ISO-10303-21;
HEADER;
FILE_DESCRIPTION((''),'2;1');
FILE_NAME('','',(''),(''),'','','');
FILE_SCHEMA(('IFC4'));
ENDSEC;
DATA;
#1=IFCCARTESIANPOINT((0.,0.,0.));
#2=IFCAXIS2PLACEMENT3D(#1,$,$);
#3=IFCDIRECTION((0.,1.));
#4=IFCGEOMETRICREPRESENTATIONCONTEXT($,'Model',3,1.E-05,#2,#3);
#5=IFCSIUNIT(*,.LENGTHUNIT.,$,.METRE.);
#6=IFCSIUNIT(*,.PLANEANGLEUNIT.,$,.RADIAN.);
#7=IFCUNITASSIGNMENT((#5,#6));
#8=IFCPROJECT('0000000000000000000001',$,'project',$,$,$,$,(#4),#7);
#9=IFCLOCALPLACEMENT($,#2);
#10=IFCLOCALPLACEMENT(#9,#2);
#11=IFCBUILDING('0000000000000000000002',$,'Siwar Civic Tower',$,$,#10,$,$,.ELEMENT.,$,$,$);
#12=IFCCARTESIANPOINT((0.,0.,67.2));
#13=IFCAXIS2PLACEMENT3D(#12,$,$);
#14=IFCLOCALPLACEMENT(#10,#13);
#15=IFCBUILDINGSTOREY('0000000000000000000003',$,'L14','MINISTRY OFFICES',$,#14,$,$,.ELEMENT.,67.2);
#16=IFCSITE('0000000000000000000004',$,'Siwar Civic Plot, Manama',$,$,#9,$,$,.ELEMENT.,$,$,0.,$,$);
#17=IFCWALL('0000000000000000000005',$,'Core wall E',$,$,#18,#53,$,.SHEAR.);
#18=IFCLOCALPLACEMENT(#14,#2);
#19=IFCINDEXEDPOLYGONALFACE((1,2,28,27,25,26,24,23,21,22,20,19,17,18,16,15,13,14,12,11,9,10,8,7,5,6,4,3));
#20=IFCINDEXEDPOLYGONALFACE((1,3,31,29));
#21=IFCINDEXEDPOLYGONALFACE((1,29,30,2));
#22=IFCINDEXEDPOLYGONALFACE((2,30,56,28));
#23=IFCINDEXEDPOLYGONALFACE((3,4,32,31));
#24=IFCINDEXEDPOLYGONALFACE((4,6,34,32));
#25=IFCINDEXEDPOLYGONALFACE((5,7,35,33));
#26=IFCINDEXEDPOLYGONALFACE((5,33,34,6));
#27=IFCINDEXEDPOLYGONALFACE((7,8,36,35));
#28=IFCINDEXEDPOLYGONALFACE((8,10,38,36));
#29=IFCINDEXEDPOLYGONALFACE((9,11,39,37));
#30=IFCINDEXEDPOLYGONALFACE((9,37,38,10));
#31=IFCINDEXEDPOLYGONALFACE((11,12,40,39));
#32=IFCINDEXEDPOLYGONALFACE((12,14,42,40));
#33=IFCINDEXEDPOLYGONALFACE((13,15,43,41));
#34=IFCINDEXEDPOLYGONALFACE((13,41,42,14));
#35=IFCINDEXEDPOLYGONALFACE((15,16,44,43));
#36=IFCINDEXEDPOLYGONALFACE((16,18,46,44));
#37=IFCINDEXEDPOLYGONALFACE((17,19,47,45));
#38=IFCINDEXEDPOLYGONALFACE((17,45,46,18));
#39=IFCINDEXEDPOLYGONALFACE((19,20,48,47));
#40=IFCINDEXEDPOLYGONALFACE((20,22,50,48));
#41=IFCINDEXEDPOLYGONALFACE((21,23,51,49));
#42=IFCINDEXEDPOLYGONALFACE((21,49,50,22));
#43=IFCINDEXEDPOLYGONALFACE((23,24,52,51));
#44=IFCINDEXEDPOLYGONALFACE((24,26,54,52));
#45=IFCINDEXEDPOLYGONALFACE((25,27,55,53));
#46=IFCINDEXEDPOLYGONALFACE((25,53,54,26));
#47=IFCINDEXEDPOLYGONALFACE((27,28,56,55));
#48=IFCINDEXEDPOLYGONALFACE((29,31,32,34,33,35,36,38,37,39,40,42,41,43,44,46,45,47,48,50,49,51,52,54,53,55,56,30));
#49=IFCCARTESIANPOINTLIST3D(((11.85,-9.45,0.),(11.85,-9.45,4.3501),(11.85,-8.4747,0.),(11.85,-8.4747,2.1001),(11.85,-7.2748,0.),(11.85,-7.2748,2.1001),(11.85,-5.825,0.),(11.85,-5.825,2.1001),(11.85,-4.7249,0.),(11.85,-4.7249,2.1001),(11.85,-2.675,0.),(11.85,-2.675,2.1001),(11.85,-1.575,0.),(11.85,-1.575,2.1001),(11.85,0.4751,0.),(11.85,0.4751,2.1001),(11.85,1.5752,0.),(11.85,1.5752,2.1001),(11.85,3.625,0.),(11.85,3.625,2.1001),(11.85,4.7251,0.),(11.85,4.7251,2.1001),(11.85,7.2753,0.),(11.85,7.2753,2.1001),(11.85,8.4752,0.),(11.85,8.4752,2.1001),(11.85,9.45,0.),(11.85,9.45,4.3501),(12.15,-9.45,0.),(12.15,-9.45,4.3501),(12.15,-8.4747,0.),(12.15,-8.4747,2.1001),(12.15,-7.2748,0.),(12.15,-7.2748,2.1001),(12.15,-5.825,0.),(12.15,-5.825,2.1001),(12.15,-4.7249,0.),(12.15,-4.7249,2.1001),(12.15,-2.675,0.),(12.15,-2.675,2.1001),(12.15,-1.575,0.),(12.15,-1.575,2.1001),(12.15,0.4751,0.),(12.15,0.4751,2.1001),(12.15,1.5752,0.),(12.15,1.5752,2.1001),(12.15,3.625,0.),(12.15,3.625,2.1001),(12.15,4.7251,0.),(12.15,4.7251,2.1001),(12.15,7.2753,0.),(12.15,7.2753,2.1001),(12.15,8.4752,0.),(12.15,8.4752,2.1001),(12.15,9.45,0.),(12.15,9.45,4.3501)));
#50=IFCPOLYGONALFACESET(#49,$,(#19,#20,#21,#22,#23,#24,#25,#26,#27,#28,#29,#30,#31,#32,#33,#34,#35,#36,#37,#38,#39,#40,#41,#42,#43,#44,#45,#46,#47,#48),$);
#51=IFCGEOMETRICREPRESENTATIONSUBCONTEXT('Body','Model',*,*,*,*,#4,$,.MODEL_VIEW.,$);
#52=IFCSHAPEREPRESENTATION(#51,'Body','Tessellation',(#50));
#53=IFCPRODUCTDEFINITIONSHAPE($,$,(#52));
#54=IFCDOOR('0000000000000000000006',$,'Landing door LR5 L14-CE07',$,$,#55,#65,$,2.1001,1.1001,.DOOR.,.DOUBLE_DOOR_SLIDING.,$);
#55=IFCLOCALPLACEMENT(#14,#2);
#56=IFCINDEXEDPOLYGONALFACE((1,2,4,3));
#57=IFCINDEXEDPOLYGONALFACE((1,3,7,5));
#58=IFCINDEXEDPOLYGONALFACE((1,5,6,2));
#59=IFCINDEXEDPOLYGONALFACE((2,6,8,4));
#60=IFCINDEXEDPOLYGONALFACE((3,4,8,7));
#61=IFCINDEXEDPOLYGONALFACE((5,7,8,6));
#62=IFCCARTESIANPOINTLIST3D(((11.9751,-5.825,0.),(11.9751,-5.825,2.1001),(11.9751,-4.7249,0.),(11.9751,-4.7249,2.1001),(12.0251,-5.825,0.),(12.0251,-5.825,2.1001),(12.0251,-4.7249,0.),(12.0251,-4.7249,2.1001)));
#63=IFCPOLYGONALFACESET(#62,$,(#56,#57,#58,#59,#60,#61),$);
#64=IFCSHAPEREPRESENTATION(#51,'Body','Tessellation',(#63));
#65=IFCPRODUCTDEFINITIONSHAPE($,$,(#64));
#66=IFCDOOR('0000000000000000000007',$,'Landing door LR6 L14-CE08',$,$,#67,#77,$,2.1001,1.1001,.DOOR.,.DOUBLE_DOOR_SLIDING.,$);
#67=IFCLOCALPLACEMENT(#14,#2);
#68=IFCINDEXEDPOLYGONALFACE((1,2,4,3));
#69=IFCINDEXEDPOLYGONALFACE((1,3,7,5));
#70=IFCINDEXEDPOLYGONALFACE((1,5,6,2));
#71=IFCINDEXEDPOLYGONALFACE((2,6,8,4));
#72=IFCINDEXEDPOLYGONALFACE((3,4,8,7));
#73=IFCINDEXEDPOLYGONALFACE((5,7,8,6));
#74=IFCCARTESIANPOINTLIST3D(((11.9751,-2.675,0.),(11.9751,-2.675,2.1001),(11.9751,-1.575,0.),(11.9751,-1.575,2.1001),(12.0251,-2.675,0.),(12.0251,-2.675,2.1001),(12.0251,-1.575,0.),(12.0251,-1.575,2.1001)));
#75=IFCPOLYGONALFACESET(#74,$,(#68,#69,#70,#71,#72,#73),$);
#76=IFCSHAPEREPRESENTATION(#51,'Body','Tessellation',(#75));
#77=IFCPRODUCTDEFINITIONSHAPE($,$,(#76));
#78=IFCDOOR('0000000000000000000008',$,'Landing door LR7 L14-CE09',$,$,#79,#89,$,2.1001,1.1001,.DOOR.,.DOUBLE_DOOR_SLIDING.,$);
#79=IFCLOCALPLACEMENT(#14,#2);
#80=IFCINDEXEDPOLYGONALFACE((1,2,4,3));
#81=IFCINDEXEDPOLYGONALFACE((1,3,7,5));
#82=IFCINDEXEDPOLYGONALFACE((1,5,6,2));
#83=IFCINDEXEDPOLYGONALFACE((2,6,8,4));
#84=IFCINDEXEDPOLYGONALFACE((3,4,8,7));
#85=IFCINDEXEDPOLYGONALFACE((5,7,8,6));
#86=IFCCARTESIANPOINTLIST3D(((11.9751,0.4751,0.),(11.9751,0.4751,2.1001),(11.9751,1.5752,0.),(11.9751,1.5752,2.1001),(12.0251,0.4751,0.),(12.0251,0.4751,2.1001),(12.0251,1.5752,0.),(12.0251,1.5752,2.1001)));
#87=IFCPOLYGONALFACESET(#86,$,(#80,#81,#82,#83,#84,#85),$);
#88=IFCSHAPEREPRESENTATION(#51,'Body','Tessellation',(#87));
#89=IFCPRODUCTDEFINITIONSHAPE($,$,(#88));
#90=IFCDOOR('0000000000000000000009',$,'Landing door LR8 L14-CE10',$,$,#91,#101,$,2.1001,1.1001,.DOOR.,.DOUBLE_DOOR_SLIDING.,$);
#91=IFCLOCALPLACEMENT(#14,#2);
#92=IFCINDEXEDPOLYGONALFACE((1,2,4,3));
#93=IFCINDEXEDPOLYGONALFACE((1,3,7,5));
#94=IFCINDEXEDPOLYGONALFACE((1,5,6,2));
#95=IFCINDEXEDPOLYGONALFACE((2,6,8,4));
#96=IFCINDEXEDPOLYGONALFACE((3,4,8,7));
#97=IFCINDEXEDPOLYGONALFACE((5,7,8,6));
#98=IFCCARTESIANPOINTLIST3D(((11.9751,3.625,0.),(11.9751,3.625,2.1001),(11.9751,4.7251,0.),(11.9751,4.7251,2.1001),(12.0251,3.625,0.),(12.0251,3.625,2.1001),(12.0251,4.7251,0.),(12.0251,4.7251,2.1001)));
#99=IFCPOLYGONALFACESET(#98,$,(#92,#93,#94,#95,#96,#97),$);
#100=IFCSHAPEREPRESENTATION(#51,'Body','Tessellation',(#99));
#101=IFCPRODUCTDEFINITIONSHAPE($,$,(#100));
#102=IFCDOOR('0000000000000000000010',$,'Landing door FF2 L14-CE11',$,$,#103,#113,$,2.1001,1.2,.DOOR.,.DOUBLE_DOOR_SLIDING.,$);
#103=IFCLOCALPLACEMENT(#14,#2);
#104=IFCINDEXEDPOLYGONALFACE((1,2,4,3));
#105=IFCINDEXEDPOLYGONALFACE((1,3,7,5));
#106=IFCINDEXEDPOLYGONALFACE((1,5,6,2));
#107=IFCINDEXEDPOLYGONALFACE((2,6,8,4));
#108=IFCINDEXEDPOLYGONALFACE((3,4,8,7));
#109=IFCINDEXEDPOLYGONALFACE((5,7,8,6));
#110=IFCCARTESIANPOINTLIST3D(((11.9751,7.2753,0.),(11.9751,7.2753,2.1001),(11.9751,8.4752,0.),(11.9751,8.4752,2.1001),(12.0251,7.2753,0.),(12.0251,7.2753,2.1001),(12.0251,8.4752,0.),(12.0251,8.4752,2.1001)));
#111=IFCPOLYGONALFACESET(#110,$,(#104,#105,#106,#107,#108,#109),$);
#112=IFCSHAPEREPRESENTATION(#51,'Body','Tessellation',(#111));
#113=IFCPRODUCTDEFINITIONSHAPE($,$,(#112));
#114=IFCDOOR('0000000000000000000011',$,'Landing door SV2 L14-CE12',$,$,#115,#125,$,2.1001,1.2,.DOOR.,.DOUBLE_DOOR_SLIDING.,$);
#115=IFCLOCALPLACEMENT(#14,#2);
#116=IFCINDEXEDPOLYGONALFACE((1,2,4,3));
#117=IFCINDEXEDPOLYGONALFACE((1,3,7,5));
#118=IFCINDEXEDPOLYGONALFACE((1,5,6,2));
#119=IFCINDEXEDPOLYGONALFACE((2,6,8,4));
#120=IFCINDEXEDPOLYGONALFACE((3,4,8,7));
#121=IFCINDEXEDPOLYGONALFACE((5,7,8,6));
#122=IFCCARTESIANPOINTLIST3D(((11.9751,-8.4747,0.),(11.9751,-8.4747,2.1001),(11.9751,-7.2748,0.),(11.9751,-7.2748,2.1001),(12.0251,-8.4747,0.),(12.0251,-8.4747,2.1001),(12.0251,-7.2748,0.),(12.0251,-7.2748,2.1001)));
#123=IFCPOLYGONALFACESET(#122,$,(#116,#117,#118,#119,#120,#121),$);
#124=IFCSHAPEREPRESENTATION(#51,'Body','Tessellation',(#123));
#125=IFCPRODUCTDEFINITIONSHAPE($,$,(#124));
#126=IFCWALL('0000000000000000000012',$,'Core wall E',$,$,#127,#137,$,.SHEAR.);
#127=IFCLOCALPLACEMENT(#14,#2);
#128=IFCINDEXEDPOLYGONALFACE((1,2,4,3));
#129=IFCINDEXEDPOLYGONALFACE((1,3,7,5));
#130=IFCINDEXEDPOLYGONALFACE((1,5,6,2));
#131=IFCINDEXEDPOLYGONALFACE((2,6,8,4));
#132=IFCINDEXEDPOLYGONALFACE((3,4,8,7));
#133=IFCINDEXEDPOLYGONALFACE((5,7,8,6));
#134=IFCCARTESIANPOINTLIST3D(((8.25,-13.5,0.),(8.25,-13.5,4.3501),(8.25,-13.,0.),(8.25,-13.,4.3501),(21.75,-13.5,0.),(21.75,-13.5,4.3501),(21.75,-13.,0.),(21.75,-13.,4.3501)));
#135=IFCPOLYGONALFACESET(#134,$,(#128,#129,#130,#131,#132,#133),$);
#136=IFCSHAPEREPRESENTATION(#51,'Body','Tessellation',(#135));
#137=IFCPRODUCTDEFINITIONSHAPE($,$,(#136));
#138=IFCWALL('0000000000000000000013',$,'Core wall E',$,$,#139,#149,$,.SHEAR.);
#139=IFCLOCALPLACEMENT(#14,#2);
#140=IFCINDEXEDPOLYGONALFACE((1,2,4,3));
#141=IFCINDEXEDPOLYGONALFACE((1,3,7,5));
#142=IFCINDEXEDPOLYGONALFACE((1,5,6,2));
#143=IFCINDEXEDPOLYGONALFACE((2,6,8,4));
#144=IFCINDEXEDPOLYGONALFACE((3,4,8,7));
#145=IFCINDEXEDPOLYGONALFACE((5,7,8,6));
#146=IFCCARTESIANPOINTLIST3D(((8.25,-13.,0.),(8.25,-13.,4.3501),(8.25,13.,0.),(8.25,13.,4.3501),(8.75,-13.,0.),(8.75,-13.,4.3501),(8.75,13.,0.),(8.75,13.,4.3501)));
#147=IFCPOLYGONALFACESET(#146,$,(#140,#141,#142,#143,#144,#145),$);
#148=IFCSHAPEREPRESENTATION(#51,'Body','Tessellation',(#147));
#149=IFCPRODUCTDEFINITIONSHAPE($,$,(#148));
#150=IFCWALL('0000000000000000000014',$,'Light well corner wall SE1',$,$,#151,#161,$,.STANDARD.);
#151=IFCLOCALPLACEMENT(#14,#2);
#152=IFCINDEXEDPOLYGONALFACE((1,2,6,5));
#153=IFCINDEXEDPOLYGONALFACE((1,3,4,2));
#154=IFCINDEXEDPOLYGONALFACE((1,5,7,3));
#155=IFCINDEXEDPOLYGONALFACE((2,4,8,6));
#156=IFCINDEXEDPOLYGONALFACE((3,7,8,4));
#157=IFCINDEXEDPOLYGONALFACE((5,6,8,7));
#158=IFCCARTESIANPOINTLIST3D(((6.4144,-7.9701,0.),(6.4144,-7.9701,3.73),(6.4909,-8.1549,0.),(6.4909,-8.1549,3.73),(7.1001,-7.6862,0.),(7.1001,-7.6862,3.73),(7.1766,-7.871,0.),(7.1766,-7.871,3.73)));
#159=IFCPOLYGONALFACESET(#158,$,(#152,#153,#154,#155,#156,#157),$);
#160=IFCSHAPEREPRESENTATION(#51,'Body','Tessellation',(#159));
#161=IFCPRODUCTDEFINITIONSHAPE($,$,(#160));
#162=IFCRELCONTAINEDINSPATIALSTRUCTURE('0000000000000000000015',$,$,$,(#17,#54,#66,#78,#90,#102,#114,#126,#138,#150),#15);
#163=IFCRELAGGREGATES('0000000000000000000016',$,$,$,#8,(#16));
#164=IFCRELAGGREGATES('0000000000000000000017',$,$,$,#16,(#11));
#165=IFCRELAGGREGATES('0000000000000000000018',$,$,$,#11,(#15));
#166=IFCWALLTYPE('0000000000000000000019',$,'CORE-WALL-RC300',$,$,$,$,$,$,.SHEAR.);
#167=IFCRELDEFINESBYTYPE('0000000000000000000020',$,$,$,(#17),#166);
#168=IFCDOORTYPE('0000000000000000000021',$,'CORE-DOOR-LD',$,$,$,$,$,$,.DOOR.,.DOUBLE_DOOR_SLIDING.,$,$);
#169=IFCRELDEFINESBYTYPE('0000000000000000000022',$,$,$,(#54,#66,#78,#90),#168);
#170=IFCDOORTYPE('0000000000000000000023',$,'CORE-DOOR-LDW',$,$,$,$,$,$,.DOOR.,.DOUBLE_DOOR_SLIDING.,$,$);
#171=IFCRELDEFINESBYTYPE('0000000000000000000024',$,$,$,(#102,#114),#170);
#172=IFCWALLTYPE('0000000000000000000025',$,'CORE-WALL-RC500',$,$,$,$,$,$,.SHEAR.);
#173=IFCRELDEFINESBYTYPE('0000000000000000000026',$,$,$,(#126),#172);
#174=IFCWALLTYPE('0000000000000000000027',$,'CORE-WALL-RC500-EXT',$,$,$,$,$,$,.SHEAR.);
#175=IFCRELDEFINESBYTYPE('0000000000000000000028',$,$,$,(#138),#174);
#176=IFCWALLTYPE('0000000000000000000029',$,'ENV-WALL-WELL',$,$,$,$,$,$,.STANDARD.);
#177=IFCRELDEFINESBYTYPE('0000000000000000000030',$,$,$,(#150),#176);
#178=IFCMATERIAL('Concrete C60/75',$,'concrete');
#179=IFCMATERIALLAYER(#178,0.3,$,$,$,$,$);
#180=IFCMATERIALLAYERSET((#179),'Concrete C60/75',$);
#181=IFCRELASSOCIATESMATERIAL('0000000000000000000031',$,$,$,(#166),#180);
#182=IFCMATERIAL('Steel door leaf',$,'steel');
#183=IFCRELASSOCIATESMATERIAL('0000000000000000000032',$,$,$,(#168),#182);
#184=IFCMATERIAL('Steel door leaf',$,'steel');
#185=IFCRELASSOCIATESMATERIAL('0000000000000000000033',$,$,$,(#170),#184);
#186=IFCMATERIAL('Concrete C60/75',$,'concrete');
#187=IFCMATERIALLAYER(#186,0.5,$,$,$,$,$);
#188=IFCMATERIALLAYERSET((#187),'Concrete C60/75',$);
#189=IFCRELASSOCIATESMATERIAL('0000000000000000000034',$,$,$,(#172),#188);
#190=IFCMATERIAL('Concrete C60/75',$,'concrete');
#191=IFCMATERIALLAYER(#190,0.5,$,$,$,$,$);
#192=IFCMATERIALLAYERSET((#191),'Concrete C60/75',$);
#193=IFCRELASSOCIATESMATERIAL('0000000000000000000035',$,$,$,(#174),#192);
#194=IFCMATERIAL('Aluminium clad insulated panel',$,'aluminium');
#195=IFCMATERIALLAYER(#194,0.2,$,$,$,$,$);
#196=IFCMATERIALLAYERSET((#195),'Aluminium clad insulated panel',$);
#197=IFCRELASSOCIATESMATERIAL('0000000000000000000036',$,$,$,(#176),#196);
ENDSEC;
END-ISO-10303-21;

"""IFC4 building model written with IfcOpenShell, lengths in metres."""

from ifc_helpers import new_model, si_unit, direction, frame, frame_2d, origin, place, context, subcontext, project, spatial, rectangle, extrude, material, layer, layer_set, type_object, element, fill, save


model = new_model("IFC4")

# Units and contexts
model_context = context("Model", 3, precision=1e-05, world=origin(), true_north=direction((0.0, 1.0)))
body_context = subcontext(model_context, "Body", "Model", "MODEL_VIEW")
ifc_project = project(units=[si_unit("LENGTHUNIT", "METRE"), si_unit("PLANEANGLEUNIT", "RADIAN")], contexts=[model_context])

# Site, building, storey
site_placement = place(None, origin())
site = spatial("IfcSite", under=ifc_project, at=site_placement, Name="Siwar Civic Plot, Manama", CompositionType="ELEMENT", RefElevation=0.0)
building_placement = place(site_placement, origin())
building = spatial("IfcBuilding", under=site, at=building_placement, Name="Siwar Civic Tower", CompositionType="ELEMENT")
storey_placement = place(building_placement, frame((0.0, 0.0, 67.2)))
storey = spatial("IfcBuildingStorey", under=building, at=storey_placement, Name="L14", Description="MINISTRY OFFICES", CompositionType="ELEMENT", Elevation=67.2)

# Wall, openings, doors
ifc_material_1 = material(Name="Concrete C60/75", Category="concrete")
ifc_layer_1 = layer(ifc_material_1, 0.3)
ifc_layer_set_1 = layer_set([ifc_layer_1], Name="Concrete C60/75")
wall_type_1 = type_object("IfcWallType", Name="CORE-WALL-RC300", PredefinedType="SHEAR", material=ifc_layer_set_1)
wall_1_placement = place(storey_placement, frame((12.0, -9.45, 0.0), z_axis=(0.0, 0.0, 1.0), x_axis=(0.0, 1.0, 0.0)))
wall_1 = element("IfcWall", 1, at=wall_1_placement, inside=storey, type_object=wall_type_1, Name="Core wall E", PredefinedType="SHEAR", context=body_context, shape_type="SweptSolid", body=[
    extrude(rectangle(XDim=18.8999, YDim=0.3, at=frame_2d((9.45, 0.0))), origin(), (0.0, 0.0, 1.0), 4.3501),
])
opening_1_placement = place(wall_1_placement, frame((3.625, 0.0, 0.0)))
opening_1 = element("IfcOpeningElement", 2, at=opening_1_placement, cuts=wall_1, PredefinedType="OPENING", context=body_context, shape_type="SweptSolid", body=[
    extrude(rectangle(XDim=1.1001, YDim=2.1001, at=frame_2d((0.55, 1.05))), frame((0.0, 0.1602, 0.0), z_axis=(0.0, -1.0, 0.0), x_axis=(1.0, 0.0, 0.0)), (0.0, 0.0, 1.0), 0.3201),
])
opening_2_placement = place(wall_1_placement, frame((6.7749, 0.0, 0.0)))
opening_2 = element("IfcOpeningElement", 3, at=opening_2_placement, cuts=wall_1, PredefinedType="OPENING", context=body_context, shape_type="SweptSolid", body=[
    extrude(rectangle(XDim=1.1001, YDim=2.1001, at=frame_2d((0.55, 1.05))), frame((0.0, 0.1602, 0.0), z_axis=(0.0, -1.0, 0.0), x_axis=(1.0, 0.0, 0.0)), (0.0, 0.0, 1.0), 0.3201),
])
opening_3_placement = place(wall_1_placement, frame((9.925, 0.0, 0.0)))
opening_3 = element("IfcOpeningElement", 4, at=opening_3_placement, cuts=wall_1, PredefinedType="OPENING", context=body_context, shape_type="SweptSolid", body=[
    extrude(rectangle(XDim=1.1001, YDim=2.1001, at=frame_2d((0.55, 1.05))), frame((0.0, 0.1602, 0.0), z_axis=(0.0, -1.0, 0.0), x_axis=(1.0, 0.0, 0.0)), (0.0, 0.0, 1.0), 0.3201),
])
opening_4_placement = place(wall_1_placement, frame((13.075, 0.0, 0.0)))
opening_4 = element("IfcOpeningElement", 5, at=opening_4_placement, cuts=wall_1, PredefinedType="OPENING", context=body_context, shape_type="SweptSolid", body=[
    extrude(rectangle(XDim=1.1001, YDim=2.1001, at=frame_2d((0.55, 1.05))), frame((0.0, 0.1602, 0.0), z_axis=(0.0, -1.0, 0.0), x_axis=(1.0, 0.0, 0.0)), (0.0, 0.0, 1.0), 0.3201),
])
opening_5_placement = place(wall_1_placement, frame((16.7251, 0.0, 0.0)))
opening_5 = element("IfcOpeningElement", 6, at=opening_5_placement, cuts=wall_1, PredefinedType="OPENING", context=body_context, shape_type="SweptSolid", body=[
    extrude(rectangle(XDim=1.2, YDim=2.1001, at=frame_2d((0.6001, 1.05))), frame((0.0, 0.1602, 0.0), z_axis=(0.0, -1.0, 0.0), x_axis=(1.0, 0.0, 0.0)), (0.0, 0.0, 1.0), 0.3201),
])
opening_6_placement = place(wall_1_placement, frame((0.9751, 0.0, 0.0)))
opening_6 = element("IfcOpeningElement", 7, at=opening_6_placement, cuts=wall_1, PredefinedType="OPENING", context=body_context, shape_type="SweptSolid", body=[
    extrude(rectangle(XDim=1.2, YDim=2.1001, at=frame_2d((0.6001, 1.05))), frame((0.0, 0.1602, 0.0), z_axis=(0.0, -1.0, 0.0), x_axis=(1.0, 0.0, 0.0)), (0.0, 0.0, 1.0), 0.3201),
])
ifc_material_2 = material(Name="Steel door leaf", Category="steel")
door_type_1 = type_object("IfcDoorType", Name="CORE-DOOR-LD", OperationType="DOUBLE_DOOR_SLIDING", PredefinedType="DOOR", material=ifc_material_2)
door_1_placement = place(opening_1_placement, origin())
door_1 = element("IfcDoor", 8, at=door_1_placement, inside=storey, type_object=door_type_1, Name="Landing door LR5 L14-CE07", OperationType="DOUBLE_DOOR_SLIDING", OverallHeight=2.1001, OverallWidth=1.1001, PredefinedType="DOOR", context=body_context, shape_type="SweptSolid", body=[
    extrude(rectangle(XDim=1.1001, YDim=2.1001, at=frame_2d((0.55, 1.05))), frame((0.0, 0.0249, 0.0), z_axis=(0.0, -1.0, 0.0), x_axis=(1.0, 0.0, 0.0)), (0.0, 0.0, 1.0), 0.05),
])
fill(opening_1, door_1)
door_2_placement = place(opening_2_placement, origin())
door_2 = element("IfcDoor", 9, at=door_2_placement, inside=storey, type_object=door_type_1, Name="Landing door LR6 L14-CE08", OperationType="DOUBLE_DOOR_SLIDING", OverallHeight=2.1001, OverallWidth=1.1001, PredefinedType="DOOR", context=body_context, shape_type="SweptSolid", body=[
    extrude(rectangle(XDim=1.1001, YDim=2.1001, at=frame_2d((0.55, 1.05))), frame((0.0, 0.0249, 0.0), z_axis=(0.0, -1.0, 0.0), x_axis=(1.0, 0.0, 0.0)), (0.0, 0.0, 1.0), 0.05),
])
fill(opening_2, door_2)
door_3_placement = place(opening_3_placement, origin())
door_3 = element("IfcDoor", 10, at=door_3_placement, inside=storey, type_object=door_type_1, Name="Landing door LR7 L14-CE09", OperationType="DOUBLE_DOOR_SLIDING", OverallHeight=2.1001, OverallWidth=1.1001, PredefinedType="DOOR", context=body_context, shape_type="SweptSolid", body=[
    extrude(rectangle(XDim=1.1001, YDim=2.1001, at=frame_2d((0.55, 1.05))), frame((0.0, 0.0249, 0.0), z_axis=(0.0, -1.0, 0.0), x_axis=(1.0, 0.0, 0.0)), (0.0, 0.0, 1.0), 0.05),
])
fill(opening_3, door_3)
door_4_placement = place(opening_4_placement, origin())
door_4 = element("IfcDoor", 11, at=door_4_placement, inside=storey, type_object=door_type_1, Name="Landing door LR8 L14-CE10", OperationType="DOUBLE_DOOR_SLIDING", OverallHeight=2.1001, OverallWidth=1.1001, PredefinedType="DOOR", context=body_context, shape_type="SweptSolid", body=[
    extrude(rectangle(XDim=1.1001, YDim=2.1001, at=frame_2d((0.55, 1.05))), frame((0.0, 0.0249, 0.0), z_axis=(0.0, -1.0, 0.0), x_axis=(1.0, 0.0, 0.0)), (0.0, 0.0, 1.0), 0.05),
])
fill(opening_4, door_4)
ifc_material_3 = material(Name="Steel door leaf", Category="steel")
door_type_2 = type_object("IfcDoorType", Name="CORE-DOOR-LDW", OperationType="DOUBLE_DOOR_SLIDING", PredefinedType="DOOR", material=ifc_material_3)
door_5_placement = place(opening_5_placement, origin())
door_5 = element("IfcDoor", 12, at=door_5_placement, inside=storey, type_object=door_type_2, Name="Landing door FF2 L14-CE11", OperationType="DOUBLE_DOOR_SLIDING", OverallHeight=2.1001, OverallWidth=1.2, PredefinedType="DOOR", context=body_context, shape_type="SweptSolid", body=[
    extrude(rectangle(XDim=1.2, YDim=2.1001, at=frame_2d((0.6001, 1.05))), frame((0.0, 0.0249, 0.0), z_axis=(0.0, -1.0, 0.0), x_axis=(1.0, 0.0, 0.0)), (0.0, 0.0, 1.0), 0.05),
])
fill(opening_5, door_5)
door_6_placement = place(opening_6_placement, origin())
door_6 = element("IfcDoor", 13, at=door_6_placement, inside=storey, type_object=door_type_2, Name="Landing door SV2 L14-CE12", OperationType="DOUBLE_DOOR_SLIDING", OverallHeight=2.1001, OverallWidth=1.2, PredefinedType="DOOR", context=body_context, shape_type="SweptSolid", body=[
    extrude(rectangle(XDim=1.2, YDim=2.1001, at=frame_2d((0.6001, 1.05))), frame((0.0, 0.0249, 0.0), z_axis=(0.0, -1.0, 0.0), x_axis=(1.0, 0.0, 0.0)), (0.0, 0.0, 1.0), 0.05),
])
fill(opening_6, door_6)

# Walls
ifc_material_4 = material(Name="Concrete C60/75", Category="concrete")
ifc_layer_2 = layer(ifc_material_4, 0.5)
ifc_layer_set_2 = layer_set([ifc_layer_2], Name="Concrete C60/75")
wall_type_2 = type_object("IfcWallType", Name="CORE-WALL-RC500", PredefinedType="SHEAR", material=ifc_layer_set_2)
wall_2_placement = place(storey_placement, frame((8.25, -13.25, 0.0), z_axis=(0.0, 0.0, 1.0), x_axis=(1.0, 0.0, 0.0)))
element("IfcWall", 14, at=wall_2_placement, inside=storey, type_object=wall_type_2, Name="Core wall E", PredefinedType="SHEAR", context=body_context, shape_type="SweptSolid", body=[
    extrude(rectangle(XDim=13.5, YDim=0.5, at=frame_2d((6.75, 0.0))), origin(), (0.0, 0.0, 1.0), 4.3501),
])
ifc_material_5 = material(Name="Concrete C60/75", Category="concrete")
ifc_layer_3 = layer(ifc_material_5, 0.5)
ifc_layer_set_3 = layer_set([ifc_layer_3], Name="Concrete C60/75")
wall_type_3 = type_object("IfcWallType", Name="CORE-WALL-RC500-EXT", PredefinedType="SHEAR", material=ifc_layer_set_3)
wall_3_placement = place(storey_placement, frame((8.5, -13.0, 0.0), z_axis=(0.0, 0.0, 1.0), x_axis=(0.0, 1.0, 0.0)))
element("IfcWall", 15, at=wall_3_placement, inside=storey, type_object=wall_type_3, Name="Core wall E", PredefinedType="SHEAR", context=body_context, shape_type="SweptSolid", body=[
    extrude(rectangle(XDim=26.0, YDim=0.5, at=frame_2d((13.0, 0.0))), origin(), (0.0, 0.0, 1.0), 4.3501),
])
ifc_material_6 = material(Name="Aluminium clad insulated panel", Category="aluminium")
ifc_layer_4 = layer(ifc_material_6, 0.2)
ifc_layer_set_4 = layer_set([ifc_layer_4], Name="Aluminium clad insulated panel")
wall_type_4 = type_object("IfcWallType", Name="ENV-WALL-WELL", PredefinedType="STANDARD", material=ifc_layer_set_4)
wall_4_placement = place(storey_placement, frame((6.4526, -8.0625, 0.0), z_axis=(0.0, 0.0, 1.0), x_axis=(0.923941, 0.382536, 0.0)))
element("IfcWall", 16, at=wall_4_placement, inside=storey, type_object=wall_type_4, Name="Light well corner wall SE1", PredefinedType="STANDARD", context=body_context, shape_type="SweptSolid", body=[
    extrude(rectangle(XDim=0.7422, YDim=0.2, at=frame_2d((0.3711, 0.0))), origin(), (0.0, 0.0, 1.0), 3.73),
])

save(model, "model.ifc")
